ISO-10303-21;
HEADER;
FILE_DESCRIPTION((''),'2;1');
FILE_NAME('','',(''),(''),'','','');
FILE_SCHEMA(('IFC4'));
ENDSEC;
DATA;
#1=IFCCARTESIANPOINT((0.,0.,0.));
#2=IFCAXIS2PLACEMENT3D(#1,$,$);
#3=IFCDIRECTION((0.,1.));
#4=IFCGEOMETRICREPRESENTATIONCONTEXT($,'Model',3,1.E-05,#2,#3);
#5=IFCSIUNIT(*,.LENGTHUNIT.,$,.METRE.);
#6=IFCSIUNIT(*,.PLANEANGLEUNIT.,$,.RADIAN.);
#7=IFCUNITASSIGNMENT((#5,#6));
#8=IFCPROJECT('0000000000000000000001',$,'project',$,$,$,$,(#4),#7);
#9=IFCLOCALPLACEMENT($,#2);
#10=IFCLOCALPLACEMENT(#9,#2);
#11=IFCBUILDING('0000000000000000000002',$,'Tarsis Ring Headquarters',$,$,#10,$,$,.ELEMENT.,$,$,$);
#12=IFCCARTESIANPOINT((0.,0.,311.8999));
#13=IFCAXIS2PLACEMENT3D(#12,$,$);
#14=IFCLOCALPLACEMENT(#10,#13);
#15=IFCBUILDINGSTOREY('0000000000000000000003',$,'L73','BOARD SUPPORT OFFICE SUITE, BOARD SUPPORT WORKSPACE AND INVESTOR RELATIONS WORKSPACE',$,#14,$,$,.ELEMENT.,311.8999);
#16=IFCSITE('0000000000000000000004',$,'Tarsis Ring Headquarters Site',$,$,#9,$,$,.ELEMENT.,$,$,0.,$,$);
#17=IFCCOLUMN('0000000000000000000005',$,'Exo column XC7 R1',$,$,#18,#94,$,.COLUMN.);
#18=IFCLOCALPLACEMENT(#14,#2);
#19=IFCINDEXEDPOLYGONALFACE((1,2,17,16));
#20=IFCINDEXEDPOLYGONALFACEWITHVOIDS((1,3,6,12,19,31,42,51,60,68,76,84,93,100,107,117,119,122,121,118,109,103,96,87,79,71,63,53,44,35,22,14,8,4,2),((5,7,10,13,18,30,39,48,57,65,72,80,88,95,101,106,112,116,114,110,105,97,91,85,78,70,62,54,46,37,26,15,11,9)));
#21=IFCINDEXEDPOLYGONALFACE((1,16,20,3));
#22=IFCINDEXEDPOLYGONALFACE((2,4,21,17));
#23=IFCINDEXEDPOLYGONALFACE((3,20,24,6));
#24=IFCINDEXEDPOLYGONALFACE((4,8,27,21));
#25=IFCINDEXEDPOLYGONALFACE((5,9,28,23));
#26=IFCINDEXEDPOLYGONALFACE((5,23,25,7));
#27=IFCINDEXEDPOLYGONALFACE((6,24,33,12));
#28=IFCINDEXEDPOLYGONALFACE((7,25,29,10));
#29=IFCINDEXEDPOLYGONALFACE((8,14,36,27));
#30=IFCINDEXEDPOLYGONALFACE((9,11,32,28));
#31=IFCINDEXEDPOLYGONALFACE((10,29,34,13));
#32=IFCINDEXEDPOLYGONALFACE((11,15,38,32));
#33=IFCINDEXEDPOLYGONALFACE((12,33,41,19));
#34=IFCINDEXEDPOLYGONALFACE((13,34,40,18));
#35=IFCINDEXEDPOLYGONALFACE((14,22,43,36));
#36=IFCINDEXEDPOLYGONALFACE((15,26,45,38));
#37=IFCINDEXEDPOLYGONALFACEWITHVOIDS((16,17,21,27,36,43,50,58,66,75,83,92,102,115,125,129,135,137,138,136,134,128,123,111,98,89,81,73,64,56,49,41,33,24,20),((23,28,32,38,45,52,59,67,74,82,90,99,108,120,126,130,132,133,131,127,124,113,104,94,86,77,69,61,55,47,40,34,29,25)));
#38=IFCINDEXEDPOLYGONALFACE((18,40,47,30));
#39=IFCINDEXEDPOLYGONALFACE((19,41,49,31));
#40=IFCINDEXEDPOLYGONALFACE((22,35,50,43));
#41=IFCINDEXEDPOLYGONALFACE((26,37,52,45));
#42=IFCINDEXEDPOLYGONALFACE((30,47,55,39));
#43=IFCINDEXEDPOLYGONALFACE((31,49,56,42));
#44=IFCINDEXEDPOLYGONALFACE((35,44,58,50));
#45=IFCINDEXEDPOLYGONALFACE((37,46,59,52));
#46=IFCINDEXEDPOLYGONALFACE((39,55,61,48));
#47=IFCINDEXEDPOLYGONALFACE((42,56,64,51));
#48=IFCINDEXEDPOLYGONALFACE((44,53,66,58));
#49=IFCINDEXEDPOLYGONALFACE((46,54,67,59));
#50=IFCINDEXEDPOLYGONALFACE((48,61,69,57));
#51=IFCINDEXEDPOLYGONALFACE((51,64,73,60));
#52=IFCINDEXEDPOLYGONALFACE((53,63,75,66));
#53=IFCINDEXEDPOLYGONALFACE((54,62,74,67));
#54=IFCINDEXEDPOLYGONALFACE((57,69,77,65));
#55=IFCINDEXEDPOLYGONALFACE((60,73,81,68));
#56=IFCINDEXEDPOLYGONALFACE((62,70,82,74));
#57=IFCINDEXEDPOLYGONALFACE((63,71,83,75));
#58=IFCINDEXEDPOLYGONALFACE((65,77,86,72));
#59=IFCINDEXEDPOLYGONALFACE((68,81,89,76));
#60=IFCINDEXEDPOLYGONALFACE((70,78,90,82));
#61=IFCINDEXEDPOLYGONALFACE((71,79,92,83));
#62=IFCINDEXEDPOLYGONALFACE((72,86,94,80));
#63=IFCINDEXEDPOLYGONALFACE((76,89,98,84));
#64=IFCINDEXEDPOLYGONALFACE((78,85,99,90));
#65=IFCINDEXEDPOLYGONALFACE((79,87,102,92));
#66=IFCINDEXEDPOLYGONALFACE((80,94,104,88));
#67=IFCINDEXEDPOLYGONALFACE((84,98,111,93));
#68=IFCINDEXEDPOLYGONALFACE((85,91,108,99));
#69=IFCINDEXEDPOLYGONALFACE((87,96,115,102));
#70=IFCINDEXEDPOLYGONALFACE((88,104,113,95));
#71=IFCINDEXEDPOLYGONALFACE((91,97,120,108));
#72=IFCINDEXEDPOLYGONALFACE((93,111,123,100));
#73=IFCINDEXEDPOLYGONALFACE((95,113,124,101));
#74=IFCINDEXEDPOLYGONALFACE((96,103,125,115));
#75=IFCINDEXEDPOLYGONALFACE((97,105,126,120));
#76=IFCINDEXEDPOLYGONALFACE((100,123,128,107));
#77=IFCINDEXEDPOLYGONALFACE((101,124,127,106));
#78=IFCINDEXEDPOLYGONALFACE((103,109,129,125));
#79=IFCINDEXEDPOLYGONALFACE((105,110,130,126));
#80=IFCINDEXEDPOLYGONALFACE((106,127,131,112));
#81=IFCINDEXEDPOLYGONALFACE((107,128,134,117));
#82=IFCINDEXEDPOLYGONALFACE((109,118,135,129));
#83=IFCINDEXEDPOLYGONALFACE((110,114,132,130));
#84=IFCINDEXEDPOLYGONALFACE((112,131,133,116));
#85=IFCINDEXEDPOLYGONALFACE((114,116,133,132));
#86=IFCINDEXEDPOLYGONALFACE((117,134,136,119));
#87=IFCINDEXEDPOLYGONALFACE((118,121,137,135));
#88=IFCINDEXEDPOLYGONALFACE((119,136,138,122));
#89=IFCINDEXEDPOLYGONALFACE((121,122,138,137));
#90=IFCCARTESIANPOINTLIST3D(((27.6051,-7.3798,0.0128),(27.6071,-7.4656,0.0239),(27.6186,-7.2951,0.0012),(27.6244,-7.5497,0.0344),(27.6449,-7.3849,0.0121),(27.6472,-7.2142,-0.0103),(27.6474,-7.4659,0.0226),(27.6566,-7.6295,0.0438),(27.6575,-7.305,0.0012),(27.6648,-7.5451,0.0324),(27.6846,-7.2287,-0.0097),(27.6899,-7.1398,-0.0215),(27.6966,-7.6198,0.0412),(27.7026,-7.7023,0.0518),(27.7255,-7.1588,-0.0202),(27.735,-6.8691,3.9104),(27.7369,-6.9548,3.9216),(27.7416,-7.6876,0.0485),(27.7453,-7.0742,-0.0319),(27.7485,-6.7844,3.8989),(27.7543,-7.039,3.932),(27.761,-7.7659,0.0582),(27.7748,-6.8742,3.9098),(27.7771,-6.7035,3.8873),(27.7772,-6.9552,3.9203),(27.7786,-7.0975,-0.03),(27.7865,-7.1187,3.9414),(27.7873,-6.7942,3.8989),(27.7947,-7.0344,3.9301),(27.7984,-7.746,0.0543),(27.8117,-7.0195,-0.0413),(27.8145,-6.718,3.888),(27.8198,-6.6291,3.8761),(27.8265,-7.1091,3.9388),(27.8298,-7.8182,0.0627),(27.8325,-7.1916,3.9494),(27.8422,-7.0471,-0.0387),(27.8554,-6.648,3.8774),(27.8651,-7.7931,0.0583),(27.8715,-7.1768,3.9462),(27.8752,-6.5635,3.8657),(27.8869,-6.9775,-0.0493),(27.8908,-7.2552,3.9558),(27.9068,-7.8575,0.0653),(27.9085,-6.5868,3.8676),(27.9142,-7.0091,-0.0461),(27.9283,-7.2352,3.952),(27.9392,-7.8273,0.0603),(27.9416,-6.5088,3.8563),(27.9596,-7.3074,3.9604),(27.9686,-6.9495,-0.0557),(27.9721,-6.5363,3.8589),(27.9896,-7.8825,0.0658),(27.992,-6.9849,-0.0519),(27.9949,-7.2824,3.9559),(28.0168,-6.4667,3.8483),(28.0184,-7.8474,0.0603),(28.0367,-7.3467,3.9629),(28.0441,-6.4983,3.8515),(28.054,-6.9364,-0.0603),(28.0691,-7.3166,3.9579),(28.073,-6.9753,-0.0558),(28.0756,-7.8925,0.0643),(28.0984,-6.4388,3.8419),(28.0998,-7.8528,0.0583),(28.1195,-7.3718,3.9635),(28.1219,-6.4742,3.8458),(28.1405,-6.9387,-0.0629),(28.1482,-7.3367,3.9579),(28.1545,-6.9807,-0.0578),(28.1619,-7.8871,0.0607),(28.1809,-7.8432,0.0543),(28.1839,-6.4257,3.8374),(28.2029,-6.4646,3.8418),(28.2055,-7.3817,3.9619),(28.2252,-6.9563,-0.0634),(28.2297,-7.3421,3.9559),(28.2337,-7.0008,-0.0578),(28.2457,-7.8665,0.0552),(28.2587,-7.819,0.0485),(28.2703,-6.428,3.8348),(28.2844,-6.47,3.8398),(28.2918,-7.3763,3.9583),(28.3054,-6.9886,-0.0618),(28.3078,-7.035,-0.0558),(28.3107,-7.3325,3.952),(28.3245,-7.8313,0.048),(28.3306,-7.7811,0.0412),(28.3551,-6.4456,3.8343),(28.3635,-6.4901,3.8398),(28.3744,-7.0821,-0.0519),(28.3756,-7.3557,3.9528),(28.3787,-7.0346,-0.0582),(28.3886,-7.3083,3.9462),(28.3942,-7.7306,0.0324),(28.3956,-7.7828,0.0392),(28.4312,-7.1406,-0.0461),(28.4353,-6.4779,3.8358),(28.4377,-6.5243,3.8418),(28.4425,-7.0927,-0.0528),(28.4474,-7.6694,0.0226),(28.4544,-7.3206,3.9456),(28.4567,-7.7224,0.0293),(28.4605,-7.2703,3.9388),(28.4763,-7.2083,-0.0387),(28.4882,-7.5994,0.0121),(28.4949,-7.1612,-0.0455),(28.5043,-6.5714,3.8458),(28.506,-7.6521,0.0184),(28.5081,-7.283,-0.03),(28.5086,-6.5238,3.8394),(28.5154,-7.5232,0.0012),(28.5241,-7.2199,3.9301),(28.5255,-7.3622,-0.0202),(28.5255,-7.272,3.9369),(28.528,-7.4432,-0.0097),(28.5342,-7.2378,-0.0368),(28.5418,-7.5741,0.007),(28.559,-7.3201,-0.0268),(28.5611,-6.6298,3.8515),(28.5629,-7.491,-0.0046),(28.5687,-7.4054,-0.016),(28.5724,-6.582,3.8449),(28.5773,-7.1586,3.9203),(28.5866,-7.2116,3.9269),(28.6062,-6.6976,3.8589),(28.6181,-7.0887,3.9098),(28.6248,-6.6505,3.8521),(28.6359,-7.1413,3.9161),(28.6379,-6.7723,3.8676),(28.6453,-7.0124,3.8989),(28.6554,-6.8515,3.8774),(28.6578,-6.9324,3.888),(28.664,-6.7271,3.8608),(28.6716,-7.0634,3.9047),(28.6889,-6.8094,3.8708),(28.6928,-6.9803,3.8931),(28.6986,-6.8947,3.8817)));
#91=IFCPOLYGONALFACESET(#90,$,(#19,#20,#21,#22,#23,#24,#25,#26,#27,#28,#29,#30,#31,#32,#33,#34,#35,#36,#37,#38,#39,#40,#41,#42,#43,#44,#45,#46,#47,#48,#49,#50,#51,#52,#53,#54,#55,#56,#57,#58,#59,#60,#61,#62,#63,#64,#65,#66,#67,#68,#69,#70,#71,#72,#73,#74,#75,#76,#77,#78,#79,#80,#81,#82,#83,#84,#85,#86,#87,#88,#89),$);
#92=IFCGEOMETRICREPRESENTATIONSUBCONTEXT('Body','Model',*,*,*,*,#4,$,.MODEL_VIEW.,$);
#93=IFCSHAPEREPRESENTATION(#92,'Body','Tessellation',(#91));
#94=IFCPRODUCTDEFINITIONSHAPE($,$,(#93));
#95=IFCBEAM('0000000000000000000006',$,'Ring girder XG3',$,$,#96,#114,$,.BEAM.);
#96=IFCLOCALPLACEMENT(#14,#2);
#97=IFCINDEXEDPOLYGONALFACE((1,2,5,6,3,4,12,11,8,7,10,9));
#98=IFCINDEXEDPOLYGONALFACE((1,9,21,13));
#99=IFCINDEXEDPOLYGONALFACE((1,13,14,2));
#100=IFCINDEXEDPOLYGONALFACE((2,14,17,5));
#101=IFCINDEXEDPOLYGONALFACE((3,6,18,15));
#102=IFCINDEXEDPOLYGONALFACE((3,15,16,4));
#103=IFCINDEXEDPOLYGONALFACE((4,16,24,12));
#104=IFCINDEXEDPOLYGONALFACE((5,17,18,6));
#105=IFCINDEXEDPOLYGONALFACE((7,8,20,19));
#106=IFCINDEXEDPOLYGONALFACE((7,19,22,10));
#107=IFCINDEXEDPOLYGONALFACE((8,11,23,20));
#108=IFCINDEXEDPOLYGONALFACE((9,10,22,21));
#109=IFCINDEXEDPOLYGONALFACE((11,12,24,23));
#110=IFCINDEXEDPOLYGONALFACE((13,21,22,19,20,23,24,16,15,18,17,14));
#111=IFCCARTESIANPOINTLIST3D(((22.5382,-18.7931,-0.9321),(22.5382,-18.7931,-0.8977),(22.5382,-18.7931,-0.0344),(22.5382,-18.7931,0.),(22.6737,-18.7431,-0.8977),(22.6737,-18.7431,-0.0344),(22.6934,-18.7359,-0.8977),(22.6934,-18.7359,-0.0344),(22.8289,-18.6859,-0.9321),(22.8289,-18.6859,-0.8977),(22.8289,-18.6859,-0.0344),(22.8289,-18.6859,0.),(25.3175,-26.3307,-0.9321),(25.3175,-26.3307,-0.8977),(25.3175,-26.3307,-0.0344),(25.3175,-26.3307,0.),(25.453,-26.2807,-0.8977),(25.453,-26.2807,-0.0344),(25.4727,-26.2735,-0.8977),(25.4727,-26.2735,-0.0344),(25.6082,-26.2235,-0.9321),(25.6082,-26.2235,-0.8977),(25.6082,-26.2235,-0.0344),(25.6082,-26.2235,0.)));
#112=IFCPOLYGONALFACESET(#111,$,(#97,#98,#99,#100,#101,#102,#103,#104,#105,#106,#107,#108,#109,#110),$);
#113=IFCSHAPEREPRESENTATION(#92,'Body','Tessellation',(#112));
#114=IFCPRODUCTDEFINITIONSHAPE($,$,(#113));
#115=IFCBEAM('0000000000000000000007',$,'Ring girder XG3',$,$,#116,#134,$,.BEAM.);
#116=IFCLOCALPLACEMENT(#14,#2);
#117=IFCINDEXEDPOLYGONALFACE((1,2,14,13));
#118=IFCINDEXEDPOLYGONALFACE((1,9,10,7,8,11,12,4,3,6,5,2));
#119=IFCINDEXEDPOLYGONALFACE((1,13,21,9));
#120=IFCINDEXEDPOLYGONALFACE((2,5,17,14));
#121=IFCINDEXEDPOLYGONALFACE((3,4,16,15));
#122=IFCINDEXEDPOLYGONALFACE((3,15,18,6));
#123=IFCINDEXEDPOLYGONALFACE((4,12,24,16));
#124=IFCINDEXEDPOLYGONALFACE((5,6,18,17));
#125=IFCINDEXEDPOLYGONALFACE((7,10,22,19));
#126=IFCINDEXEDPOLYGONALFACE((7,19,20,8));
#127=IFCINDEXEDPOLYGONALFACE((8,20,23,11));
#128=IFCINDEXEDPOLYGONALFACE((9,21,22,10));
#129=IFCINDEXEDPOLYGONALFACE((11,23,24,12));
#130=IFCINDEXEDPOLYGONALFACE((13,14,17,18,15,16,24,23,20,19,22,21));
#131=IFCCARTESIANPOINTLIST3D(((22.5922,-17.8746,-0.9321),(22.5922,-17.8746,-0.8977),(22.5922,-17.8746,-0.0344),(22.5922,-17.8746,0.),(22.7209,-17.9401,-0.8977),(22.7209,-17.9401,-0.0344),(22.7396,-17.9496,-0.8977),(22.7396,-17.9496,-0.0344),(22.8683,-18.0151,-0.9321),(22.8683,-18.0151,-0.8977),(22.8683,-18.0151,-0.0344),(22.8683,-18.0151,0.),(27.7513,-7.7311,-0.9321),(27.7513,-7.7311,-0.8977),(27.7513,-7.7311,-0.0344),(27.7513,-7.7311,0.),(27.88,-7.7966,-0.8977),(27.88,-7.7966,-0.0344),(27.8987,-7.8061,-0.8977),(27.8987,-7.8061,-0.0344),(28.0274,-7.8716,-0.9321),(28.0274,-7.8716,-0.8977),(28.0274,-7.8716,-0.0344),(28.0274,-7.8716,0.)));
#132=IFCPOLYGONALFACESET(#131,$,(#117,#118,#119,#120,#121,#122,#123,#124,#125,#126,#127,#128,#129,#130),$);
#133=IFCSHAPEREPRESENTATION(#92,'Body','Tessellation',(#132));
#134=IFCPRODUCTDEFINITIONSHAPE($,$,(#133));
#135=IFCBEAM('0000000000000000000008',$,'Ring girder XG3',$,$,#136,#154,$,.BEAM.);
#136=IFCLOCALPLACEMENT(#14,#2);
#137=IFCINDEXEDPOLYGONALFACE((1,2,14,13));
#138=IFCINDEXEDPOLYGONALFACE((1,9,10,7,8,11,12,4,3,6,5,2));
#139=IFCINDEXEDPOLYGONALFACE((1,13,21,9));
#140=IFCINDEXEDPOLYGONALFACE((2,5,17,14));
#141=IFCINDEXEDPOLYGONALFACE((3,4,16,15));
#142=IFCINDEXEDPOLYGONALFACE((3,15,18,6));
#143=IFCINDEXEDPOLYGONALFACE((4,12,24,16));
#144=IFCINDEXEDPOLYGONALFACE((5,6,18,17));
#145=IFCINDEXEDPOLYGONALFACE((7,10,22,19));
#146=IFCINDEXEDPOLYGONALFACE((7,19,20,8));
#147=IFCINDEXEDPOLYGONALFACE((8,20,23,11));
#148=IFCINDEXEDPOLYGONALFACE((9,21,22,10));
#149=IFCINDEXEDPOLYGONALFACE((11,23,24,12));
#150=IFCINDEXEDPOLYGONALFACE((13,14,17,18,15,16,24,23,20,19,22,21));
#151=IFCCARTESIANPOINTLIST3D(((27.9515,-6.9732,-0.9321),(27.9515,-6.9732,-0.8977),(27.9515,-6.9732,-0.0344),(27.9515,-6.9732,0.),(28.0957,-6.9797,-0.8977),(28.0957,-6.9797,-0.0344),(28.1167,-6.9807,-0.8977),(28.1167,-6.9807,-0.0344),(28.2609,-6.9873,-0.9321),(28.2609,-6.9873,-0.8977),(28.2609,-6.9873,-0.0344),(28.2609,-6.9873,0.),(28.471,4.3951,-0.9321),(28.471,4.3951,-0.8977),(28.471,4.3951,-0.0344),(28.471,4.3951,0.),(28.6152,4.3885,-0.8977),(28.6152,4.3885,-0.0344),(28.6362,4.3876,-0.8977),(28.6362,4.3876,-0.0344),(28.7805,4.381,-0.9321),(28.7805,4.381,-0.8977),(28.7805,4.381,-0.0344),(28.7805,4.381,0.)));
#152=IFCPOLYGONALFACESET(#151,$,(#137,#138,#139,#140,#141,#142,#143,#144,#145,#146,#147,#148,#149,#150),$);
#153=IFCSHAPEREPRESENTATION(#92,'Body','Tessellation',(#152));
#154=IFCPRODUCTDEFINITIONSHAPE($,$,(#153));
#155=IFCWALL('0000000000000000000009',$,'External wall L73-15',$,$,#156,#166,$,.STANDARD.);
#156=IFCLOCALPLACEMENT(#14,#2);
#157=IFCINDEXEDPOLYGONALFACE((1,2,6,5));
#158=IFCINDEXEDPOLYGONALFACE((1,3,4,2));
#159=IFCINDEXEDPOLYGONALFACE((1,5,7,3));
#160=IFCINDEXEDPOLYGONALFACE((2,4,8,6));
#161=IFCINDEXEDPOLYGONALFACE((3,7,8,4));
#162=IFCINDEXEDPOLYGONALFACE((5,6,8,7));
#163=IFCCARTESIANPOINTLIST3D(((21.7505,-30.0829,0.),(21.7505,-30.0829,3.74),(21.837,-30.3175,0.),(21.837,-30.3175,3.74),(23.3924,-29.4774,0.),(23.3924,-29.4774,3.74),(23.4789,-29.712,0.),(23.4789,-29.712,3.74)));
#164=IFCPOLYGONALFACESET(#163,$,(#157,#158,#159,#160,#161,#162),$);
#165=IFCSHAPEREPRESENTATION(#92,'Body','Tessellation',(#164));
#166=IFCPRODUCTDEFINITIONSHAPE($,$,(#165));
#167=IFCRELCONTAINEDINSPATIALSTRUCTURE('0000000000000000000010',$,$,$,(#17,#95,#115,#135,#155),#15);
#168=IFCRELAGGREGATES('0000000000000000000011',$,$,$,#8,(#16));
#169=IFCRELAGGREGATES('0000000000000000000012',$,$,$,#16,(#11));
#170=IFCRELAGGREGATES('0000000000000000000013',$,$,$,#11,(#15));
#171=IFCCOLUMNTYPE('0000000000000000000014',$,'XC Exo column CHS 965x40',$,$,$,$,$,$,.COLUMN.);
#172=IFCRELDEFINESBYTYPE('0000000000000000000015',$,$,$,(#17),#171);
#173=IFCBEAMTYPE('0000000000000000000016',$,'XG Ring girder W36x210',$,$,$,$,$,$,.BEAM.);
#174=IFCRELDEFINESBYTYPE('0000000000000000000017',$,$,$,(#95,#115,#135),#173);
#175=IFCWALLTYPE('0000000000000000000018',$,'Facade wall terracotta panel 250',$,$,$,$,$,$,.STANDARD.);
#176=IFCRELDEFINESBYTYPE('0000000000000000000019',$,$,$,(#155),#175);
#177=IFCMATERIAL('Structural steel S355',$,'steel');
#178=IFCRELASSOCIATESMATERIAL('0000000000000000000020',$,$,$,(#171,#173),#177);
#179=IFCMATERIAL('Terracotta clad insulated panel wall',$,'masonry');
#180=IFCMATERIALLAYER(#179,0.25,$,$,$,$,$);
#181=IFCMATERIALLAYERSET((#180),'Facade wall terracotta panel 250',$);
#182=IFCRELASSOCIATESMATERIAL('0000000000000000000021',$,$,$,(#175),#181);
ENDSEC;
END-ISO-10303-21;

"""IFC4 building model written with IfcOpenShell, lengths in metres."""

from ifc_helpers import new_model, si_unit, direction, frame, frame_2d, origin, origin_2d, place, context, subcontext, project, spatial, rectangle, hollow_circle, i_section, extrude, material, layer, layer_set, material_profile, profile_set, type_object, element, save


model = new_model("IFC4")

# Units and contexts
model_context = context("Model", 3, precision=1e-05, world=origin(), true_north=direction((0.0, 1.0)))
body_context = subcontext(model_context, "Body", "Model", "MODEL_VIEW")
ifc_project = project(units=[si_unit("LENGTHUNIT", "METRE"), si_unit("PLANEANGLEUNIT", "RADIAN")], contexts=[model_context])

# Site, building, storey
site_placement = place(None, origin())
site = spatial("IfcSite", under=ifc_project, at=site_placement, Name="Tarsis Ring Headquarters Site", CompositionType="ELEMENT", RefElevation=0.0)
building_placement = place(site_placement, origin())
building = spatial("IfcBuilding", under=site, at=building_placement, Name="Tarsis Ring Headquarters", CompositionType="ELEMENT")
storey_placement = place(building_placement, frame((0.0, 0.0, 311.8999)))
storey = spatial("IfcBuildingStorey", under=building, at=storey_placement, Name="L73", Description="BOARD SUPPORT OFFICE SUITE, BOARD SUPPORT WORKSPACE AND INVESTOR RELATIONS WORKSPACE", CompositionType="ELEMENT", Elevation=311.8999)

# Column
ifc_material_1 = material(Name="Structural steel S355", Category="steel")
ifc_material_profile_1 = material_profile(ifc_material_1, hollow_circle(Radius=0.4827, WallThickness=0.04, at=origin_2d()), Name="CHS 965x40")
ifc_profile_set_1 = profile_set([ifc_material_profile_1], Name="Structural steel S355")
column_type = type_object("IfcColumnType", Name="XC Exo column CHS 965x40", PredefinedType="COLUMN", material=ifc_profile_set_1)
for number, where, z_axis, x_axis, name in (
    (1, (28.0864, -7.4141, 0.0012), (0.033022, 0.129855, 0.990983), (-0.969154, 0.246458, 0.0), "Exo column XC7 R1"),
):
    element("IfcColumn", number, at=place(storey_placement, frame(where, z_axis=z_axis, x_axis=x_axis)), inside=storey, type_object=column_type, Name=name, PredefinedType="COLUMN", context=body_context, shape_type="SweptSolid", body=[
        extrude(hollow_circle(Radius=0.4827, WallThickness=0.04, at=origin_2d()), origin(), (0.0, 0.0, 1.0), 3.9331),
    ])

# Beams
ifc_material_profile_2 = material_profile(ifc_material_1, i_section(OverallWidth=0.3098, OverallDepth=0.9321, WebThickness=0.021, FlangeThickness=0.0344, at=origin_2d()), Name="W36x210")
ifc_profile_set_2 = profile_set([ifc_material_profile_2], Name="Structural steel S355")
beam_type = type_object("IfcBeamType", Name="XG Ring girder W36x210", PredefinedType="BEAM", material=ifc_profile_set_2)
beam_placement = place(storey_placement, frame((25.4629, -26.2771, -0.4661), z_axis=(-0.345956, 0.938251, 0.0), x_axis=(-0.938251, -0.345956, 0.0)))
element("IfcBeam", 2, at=beam_placement, inside=storey, type_object=beam_type, Name="Ring girder XG3", PredefinedType="BEAM", context=body_context, shape_type="SweptSolid", body=[
    extrude(i_section(OverallWidth=0.3098, OverallDepth=0.9321, WebThickness=0.021, FlangeThickness=0.0344, at=origin_2d()), origin(), (0.0, 0.0, 1.0), 8.0337),
])
for number, where, z_axis, x_axis, name in (
    (3, (22.7302, -17.9448, -0.4661), (0.453347, 0.891334, 0.0), (-0.891334, 0.453347, 0.0), "Ring girder XG3"),
    (4, (28.1062, -6.9802, -0.4661), (0.045653, 0.998957, 0.0), (-0.998957, 0.045653, 0.0), "Ring girder XG3"),
):
    element("IfcBeam", number, at=place(storey_placement, frame(where, z_axis=z_axis, x_axis=x_axis)), inside=storey, type_object=beam_type, Name=name, PredefinedType="BEAM", context=body_context, shape_type="SweptSolid", body=[
        extrude(i_section(OverallWidth=0.3098, OverallDepth=0.9321, WebThickness=0.021, FlangeThickness=0.0344, at=origin_2d()), origin(), (0.0, 0.0, 1.0), 11.3801),
    ])

# Wall
ifc_material_2 = material(Name="Terracotta clad insulated panel wall", Category="masonry")
ifc_layer = layer(ifc_material_2, 0.25)
ifc_layer_set = layer_set([ifc_layer], Name="Facade wall terracotta panel 250")
wall_type = type_object("IfcWallType", Name="Facade wall terracotta panel 250", PredefinedType="STANDARD", material=ifc_layer_set)
wall_1_placement = place(storey_placement, frame((21.7937, -30.2002, 0.0), z_axis=(0.0, 0.0, 1.0), x_axis=(0.938236, 0.345996, 0.0)))
element("IfcWall", 5, at=wall_1_placement, inside=storey, type_object=wall_type, Name="External wall L73-15", PredefinedType="STANDARD", context=body_context, shape_type="SweptSolid", body=[
    extrude(rectangle(XDim=1.75, YDim=0.25, at=frame_2d((0.875, 0.0))), origin(), (0.0, 0.0, 1.0), 3.74),
])

save(model, "model.ifc")
